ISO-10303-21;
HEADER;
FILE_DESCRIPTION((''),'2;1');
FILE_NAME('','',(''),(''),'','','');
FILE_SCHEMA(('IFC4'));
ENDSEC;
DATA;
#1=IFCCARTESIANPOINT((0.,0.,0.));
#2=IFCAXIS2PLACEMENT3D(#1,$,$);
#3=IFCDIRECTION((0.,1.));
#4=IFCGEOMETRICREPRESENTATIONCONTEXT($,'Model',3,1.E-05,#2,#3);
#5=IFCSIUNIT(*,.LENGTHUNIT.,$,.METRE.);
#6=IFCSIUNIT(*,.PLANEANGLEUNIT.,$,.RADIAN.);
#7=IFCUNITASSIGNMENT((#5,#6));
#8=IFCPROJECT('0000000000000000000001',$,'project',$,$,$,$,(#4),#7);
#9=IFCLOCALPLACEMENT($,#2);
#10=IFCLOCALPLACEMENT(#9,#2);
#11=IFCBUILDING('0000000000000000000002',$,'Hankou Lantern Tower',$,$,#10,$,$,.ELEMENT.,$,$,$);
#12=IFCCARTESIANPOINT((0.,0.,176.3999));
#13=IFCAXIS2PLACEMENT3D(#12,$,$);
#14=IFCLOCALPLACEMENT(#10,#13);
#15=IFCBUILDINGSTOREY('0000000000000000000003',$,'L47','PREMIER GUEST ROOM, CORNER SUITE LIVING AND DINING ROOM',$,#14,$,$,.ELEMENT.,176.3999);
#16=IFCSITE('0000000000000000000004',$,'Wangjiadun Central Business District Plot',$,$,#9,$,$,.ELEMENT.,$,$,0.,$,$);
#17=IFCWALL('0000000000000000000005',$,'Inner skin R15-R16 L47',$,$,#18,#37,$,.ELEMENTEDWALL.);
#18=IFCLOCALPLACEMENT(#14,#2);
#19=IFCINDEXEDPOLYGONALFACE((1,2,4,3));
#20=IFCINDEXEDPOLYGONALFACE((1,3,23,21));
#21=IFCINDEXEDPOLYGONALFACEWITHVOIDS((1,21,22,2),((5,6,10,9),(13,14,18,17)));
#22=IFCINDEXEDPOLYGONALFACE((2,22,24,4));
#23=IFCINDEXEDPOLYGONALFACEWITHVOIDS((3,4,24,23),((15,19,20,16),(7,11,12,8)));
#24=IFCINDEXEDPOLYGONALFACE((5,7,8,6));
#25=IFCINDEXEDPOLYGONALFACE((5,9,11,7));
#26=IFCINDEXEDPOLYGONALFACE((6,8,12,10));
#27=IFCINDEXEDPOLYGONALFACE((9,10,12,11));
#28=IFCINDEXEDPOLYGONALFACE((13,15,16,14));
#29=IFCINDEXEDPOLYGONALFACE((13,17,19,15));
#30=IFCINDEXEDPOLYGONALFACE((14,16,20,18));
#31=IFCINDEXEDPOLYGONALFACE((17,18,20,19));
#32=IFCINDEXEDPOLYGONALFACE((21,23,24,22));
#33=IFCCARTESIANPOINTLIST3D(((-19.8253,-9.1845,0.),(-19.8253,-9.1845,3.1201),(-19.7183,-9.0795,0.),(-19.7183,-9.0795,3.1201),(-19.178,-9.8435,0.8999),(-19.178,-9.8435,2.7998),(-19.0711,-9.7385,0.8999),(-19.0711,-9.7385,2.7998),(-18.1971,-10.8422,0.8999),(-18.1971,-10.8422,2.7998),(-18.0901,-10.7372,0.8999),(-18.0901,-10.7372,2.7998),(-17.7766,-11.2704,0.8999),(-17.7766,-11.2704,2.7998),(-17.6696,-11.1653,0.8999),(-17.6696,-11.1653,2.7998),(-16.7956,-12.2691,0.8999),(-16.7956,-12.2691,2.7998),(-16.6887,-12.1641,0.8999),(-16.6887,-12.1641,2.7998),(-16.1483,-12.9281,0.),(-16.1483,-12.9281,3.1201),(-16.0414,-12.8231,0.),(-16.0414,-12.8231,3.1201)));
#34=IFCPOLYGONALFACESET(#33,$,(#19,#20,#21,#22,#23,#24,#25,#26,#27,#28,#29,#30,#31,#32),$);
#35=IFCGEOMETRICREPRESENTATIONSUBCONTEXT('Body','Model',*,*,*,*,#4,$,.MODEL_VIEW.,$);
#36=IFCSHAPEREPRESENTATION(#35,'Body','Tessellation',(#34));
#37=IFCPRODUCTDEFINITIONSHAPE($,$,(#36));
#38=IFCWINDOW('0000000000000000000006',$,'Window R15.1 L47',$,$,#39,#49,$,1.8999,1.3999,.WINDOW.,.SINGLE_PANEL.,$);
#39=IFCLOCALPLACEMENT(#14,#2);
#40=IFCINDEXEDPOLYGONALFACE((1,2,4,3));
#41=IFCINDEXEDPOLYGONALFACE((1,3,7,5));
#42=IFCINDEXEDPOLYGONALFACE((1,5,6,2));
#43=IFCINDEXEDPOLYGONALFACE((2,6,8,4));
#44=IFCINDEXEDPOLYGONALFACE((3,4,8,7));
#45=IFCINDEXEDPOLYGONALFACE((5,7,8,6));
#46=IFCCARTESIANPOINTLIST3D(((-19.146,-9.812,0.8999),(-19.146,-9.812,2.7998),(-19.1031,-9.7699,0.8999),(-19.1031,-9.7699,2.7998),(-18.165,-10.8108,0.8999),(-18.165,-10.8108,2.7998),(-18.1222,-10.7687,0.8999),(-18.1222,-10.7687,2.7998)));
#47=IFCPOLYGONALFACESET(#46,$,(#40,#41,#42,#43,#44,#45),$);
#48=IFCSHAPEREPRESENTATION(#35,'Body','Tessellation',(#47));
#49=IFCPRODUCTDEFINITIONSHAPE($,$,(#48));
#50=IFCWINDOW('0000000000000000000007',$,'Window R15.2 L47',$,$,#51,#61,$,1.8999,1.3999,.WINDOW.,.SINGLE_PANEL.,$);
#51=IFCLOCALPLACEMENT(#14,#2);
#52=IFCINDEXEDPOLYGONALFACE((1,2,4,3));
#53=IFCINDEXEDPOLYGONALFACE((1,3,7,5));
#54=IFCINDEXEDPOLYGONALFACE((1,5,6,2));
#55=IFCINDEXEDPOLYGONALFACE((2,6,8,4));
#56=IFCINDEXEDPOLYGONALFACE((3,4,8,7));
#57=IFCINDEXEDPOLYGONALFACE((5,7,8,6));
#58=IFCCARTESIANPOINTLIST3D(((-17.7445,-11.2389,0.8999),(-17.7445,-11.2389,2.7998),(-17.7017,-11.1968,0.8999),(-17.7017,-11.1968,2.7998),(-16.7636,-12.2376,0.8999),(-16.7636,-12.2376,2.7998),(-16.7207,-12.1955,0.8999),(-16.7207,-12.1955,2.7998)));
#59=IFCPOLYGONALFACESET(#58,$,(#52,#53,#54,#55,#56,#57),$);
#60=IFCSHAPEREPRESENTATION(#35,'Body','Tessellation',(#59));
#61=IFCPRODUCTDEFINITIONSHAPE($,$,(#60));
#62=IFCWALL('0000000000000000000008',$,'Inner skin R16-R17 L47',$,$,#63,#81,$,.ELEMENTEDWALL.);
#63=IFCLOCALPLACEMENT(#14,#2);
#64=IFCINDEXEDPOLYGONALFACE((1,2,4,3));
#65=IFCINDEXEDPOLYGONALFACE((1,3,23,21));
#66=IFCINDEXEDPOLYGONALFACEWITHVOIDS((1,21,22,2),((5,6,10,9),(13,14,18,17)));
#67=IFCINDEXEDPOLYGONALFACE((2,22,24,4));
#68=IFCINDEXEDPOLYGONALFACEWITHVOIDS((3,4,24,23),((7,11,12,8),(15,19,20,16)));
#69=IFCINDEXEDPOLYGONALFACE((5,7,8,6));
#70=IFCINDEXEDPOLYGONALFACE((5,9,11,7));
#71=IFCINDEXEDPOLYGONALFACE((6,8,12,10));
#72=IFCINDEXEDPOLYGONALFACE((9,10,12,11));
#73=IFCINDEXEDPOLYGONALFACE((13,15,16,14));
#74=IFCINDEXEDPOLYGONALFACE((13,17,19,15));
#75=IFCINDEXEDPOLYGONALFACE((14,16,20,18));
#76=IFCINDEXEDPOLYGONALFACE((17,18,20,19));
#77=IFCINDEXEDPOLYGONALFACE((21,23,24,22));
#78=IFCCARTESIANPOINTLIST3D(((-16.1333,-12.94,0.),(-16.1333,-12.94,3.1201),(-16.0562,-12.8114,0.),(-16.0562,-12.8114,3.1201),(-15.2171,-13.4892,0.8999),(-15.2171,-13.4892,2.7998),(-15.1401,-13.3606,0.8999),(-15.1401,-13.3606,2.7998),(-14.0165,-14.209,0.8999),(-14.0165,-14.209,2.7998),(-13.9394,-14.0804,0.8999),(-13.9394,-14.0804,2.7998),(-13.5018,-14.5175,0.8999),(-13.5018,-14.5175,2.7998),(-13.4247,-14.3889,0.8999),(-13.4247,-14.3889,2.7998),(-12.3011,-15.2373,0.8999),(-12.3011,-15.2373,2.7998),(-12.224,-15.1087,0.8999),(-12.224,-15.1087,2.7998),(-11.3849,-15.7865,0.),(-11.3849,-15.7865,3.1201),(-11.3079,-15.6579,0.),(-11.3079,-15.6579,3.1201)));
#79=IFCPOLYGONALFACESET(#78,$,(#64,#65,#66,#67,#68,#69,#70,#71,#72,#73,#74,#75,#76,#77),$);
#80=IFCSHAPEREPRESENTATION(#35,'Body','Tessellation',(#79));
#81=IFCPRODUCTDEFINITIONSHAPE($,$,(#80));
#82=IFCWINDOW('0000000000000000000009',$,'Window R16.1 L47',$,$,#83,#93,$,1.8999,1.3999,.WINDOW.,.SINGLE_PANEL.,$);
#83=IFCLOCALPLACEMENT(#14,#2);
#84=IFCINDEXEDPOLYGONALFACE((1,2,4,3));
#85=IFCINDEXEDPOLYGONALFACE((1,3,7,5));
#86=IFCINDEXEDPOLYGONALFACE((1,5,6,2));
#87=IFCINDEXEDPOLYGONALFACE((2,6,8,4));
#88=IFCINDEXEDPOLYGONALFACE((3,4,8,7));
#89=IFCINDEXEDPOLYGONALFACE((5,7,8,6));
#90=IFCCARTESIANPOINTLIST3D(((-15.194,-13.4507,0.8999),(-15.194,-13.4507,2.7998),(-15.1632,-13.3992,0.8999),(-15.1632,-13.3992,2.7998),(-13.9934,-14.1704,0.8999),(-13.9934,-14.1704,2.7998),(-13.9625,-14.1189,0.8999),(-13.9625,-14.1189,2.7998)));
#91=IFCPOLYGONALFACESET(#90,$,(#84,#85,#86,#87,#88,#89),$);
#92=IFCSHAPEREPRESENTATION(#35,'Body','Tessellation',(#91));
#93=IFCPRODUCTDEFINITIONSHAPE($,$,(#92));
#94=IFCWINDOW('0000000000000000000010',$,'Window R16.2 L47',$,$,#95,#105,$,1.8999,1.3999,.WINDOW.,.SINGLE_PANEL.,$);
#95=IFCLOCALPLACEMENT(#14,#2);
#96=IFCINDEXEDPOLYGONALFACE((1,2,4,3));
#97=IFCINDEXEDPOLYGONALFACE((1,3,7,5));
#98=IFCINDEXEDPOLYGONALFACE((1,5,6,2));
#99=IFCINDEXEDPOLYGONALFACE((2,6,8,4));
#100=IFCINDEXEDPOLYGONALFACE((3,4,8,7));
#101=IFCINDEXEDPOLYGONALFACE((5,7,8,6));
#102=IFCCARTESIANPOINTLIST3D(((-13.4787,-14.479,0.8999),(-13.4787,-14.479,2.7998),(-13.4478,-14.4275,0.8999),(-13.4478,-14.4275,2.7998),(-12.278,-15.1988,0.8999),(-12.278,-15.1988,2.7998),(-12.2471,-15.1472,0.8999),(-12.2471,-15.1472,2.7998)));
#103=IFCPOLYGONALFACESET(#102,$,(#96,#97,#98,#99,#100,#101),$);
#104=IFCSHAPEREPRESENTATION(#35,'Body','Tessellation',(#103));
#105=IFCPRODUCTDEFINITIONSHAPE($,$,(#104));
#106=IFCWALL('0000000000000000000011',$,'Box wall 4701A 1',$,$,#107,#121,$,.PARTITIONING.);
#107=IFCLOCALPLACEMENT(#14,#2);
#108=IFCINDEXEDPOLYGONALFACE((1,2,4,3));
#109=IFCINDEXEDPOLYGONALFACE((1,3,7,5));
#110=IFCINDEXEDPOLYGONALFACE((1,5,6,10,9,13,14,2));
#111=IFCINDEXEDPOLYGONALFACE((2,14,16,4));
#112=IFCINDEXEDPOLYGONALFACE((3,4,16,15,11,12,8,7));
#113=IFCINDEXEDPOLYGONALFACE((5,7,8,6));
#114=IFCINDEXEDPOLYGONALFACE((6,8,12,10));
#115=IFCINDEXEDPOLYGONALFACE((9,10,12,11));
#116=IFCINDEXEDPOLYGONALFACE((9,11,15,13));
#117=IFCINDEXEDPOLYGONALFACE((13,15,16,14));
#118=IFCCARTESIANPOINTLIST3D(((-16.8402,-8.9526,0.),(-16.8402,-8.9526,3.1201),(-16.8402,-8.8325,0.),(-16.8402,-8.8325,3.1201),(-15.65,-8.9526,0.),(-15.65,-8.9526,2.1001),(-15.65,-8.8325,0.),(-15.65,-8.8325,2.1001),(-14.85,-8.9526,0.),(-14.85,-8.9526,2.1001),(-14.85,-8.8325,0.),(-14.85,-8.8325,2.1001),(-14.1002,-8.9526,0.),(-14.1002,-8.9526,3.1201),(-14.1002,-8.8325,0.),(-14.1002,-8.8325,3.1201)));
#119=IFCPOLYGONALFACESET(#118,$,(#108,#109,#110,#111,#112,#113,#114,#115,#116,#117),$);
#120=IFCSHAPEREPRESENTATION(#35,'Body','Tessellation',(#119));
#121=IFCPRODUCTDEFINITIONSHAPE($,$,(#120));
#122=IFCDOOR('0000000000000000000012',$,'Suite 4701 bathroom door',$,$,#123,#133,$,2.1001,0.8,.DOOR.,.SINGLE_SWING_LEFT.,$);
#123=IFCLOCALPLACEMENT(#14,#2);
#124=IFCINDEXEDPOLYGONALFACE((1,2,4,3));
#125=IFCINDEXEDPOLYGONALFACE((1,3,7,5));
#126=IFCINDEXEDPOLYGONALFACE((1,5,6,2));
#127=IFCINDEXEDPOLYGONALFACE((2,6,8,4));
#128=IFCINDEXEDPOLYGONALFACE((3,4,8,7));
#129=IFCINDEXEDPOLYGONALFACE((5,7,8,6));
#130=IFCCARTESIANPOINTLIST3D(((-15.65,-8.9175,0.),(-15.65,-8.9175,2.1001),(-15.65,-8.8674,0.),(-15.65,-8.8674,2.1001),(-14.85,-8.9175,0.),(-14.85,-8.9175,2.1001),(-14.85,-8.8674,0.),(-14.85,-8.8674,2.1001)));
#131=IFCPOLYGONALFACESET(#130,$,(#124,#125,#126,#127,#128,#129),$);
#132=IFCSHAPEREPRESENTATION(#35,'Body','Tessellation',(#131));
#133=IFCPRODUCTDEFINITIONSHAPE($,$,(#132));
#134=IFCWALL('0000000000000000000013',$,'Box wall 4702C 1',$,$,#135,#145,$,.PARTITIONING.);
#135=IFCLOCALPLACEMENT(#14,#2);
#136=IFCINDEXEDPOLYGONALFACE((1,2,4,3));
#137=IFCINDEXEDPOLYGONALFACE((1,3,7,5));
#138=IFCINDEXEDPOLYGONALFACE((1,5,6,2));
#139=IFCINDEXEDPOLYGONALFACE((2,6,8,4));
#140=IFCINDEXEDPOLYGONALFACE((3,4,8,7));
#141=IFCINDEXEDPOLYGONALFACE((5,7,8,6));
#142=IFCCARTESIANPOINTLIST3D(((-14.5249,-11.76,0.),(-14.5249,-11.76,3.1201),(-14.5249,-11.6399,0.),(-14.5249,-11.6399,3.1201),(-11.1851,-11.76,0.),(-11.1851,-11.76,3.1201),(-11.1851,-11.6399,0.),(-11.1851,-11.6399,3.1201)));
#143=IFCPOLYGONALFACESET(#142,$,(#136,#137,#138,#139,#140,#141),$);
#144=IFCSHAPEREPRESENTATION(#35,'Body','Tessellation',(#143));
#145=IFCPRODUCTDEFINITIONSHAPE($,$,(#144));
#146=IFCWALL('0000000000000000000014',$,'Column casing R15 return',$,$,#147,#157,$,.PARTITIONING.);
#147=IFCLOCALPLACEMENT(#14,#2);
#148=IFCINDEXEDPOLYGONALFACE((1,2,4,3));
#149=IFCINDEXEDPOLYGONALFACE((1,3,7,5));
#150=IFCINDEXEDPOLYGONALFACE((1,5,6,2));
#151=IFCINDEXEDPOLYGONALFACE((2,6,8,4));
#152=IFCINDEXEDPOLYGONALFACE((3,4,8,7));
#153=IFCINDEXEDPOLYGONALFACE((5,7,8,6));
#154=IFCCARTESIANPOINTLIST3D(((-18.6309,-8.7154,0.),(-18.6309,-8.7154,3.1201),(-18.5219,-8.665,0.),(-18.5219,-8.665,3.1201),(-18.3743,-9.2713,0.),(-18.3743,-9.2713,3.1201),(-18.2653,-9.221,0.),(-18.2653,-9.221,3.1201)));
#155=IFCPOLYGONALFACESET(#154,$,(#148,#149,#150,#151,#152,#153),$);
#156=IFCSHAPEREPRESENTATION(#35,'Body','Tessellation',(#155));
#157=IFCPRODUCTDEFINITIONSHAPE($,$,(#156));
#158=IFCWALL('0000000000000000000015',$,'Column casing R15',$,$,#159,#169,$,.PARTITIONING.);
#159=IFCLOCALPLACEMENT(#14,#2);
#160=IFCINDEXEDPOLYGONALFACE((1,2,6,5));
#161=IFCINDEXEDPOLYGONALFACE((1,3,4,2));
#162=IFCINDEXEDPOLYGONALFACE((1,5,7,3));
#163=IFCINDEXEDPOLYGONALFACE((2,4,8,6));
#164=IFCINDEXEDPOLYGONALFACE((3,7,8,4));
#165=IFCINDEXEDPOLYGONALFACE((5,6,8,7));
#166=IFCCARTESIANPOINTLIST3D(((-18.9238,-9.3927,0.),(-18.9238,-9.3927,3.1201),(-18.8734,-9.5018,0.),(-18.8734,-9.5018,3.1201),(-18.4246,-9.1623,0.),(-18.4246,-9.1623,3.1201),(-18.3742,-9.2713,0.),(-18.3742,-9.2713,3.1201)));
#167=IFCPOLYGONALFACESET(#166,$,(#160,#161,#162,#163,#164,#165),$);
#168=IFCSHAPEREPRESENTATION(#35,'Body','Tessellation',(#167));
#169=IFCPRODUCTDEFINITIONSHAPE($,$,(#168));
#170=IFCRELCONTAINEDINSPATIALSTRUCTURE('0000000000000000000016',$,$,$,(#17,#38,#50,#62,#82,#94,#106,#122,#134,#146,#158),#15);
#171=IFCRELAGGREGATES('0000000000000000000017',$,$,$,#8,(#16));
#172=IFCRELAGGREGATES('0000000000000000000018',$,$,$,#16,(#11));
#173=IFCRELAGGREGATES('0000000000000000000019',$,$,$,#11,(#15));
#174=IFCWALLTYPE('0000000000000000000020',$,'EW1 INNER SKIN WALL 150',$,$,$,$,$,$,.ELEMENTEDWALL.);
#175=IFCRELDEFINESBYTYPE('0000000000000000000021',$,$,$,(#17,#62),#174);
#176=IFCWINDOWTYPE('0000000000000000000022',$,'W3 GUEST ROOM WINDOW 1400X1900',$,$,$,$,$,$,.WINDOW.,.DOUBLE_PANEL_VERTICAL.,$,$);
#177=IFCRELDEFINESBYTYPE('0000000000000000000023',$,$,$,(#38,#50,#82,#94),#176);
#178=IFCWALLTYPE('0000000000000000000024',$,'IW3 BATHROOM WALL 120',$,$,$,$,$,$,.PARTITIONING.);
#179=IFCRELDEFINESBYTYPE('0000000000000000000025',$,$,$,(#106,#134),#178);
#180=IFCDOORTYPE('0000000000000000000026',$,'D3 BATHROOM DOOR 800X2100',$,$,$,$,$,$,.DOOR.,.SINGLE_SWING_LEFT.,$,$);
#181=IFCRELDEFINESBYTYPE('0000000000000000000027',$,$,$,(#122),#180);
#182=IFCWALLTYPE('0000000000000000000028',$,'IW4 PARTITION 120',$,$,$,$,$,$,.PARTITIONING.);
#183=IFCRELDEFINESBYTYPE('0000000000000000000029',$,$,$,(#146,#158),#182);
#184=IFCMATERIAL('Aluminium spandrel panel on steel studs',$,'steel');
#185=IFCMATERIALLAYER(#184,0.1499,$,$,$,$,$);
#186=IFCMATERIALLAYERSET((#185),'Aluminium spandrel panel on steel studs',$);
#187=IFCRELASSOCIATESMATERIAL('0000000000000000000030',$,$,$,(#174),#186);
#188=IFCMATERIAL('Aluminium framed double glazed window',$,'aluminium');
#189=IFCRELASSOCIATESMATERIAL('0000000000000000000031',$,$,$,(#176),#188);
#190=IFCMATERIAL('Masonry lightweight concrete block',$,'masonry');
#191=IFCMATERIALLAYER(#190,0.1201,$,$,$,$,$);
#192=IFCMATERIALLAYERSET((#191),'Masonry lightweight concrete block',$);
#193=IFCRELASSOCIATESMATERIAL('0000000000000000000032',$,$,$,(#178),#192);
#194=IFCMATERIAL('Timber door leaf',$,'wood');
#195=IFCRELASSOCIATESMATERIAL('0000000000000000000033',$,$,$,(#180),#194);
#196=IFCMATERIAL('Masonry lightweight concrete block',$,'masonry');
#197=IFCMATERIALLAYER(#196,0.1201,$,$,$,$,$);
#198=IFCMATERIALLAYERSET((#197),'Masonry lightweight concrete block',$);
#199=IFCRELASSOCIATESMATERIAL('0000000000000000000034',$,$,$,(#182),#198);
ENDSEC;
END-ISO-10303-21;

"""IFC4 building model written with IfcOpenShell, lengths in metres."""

from ifc_helpers import new_model, si_unit, direction, frame, frame_2d, origin, place, context, subcontext, project, spatial, rectangle, extrude, material, layer, layer_set, type_object, element, fill, save


model = new_model("IFC4")

# Units and contexts
model_context = context("Model", 3, precision=1e-05, world=origin(), true_north=direction((0.0, 1.0)))
body_context = subcontext(model_context, "Body", "Model", "MODEL_VIEW")
ifc_project = project(units=[si_unit("LENGTHUNIT", "METRE"), si_unit("PLANEANGLEUNIT", "RADIAN")], contexts=[model_context])

# Site, building, storey
site_placement = place(None, origin())
site = spatial("IfcSite", under=ifc_project, at=site_placement, Name="Wangjiadun Central Business District Plot", CompositionType="ELEMENT", RefElevation=0.0)
building_placement = place(site_placement, origin())
building = spatial("IfcBuilding", under=site, at=building_placement, Name="Hankou Lantern Tower", CompositionType="ELEMENT")
storey_placement = place(building_placement, frame((0.0, 0.0, 176.3999)))
storey = spatial("IfcBuildingStorey", under=building, at=storey_placement, Name="L47", Description="PREMIER GUEST ROOM, CORNER SUITE LIVING AND DINING ROOM", CompositionType="ELEMENT", Elevation=176.3999)

# Walls, openings, windows
ifc_material_1 = material(Name="Aluminium spandrel panel on steel studs", Category="steel")
ifc_layer_1 = layer(ifc_material_1, 0.1499)
ifc_layer_set_1 = layer_set([ifc_layer_1], Name="Aluminium spandrel panel on steel studs")
wall_type_1 = type_object("IfcWallType", Name="EW1 INNER SKIN WALL 150", PredefinedType="ELEMENTEDWALL", material=ifc_layer_set_1)
wall_1_placement = place(storey_placement, frame((-19.7717, -9.1321, 0.0), z_axis=(0.0, 0.0, 1.0), x_axis=(0.700727, -0.713429, 0.0)))
wall_1 = element("IfcWall", 1, at=wall_1_placement, inside=storey, type_object=wall_type_1, Name="Inner skin R15-R16 L47", PredefinedType="ELEMENTEDWALL", context=body_context, shape_type="SweptSolid", body=[
    extrude(rectangle(XDim=5.2473, YDim=0.1499, at=frame_2d((2.6235, 0.0))), origin(), (0.0, 0.0, 1.0), 3.1201),
])
opening_1_placement = place(wall_1_placement, frame((0.9236, 0.0, 0.8999)))
opening_1 = element("IfcOpeningElement", 2, at=opening_1_placement, cuts=wall_1, PredefinedType="OPENING", context=body_context, shape_type="SweptSolid", body=[
    extrude(rectangle(XDim=1.3999, YDim=1.8999, at=frame_2d((0.7, 0.95))), frame((0.0, 0.085, 0.0), z_axis=(0.0, -1.0, 0.0), x_axis=(1.0, 0.0, 0.0)), (0.0, 0.0, 1.0), 0.1699),
])
opening_2_placement = place(wall_1_placement, frame((2.9236, 0.0, 0.8999)))
opening_2 = element("IfcOpeningElement", 3, at=opening_2_placement, cuts=wall_1, PredefinedType="OPENING", context=body_context, shape_type="SweptSolid", body=[
    extrude(rectangle(XDim=1.3999, YDim=1.8999, at=frame_2d((0.7, 0.95))), frame((0.0, 0.085, 0.0), z_axis=(0.0, -1.0, 0.0), x_axis=(1.0, 0.0, 0.0)), (0.0, 0.0, 1.0), 0.1699),
])
ifc_material_2 = material(Name="Aluminium framed double glazed window", Category="aluminium")
window_type = type_object("IfcWindowType", Name="W3 GUEST ROOM WINDOW 1400X1900", PartitioningType="DOUBLE_PANEL_VERTICAL", PredefinedType="WINDOW", material=ifc_material_2)
window_1_placement = place(opening_1_placement, origin())
window_1 = element("IfcWindow", 4, at=window_1_placement, inside=storey, type_object=window_type, Name="Window R15.1 L47", OverallHeight=1.8999, OverallWidth=1.3999, PartitioningType="SINGLE_PANEL", PredefinedType="WINDOW", context=body_context, shape_type="SweptSolid", body=[
    extrude(rectangle(XDim=1.3999, YDim=1.8999, at=frame_2d((0.7, 0.95))), frame((0.0, 0.03, 0.0), z_axis=(0.0, -1.0, 0.0), x_axis=(1.0, 0.0, 0.0)), (0.0, 0.0, 1.0), 0.0601),
])
fill(opening_1, window_1)
window_2_placement = place(opening_2_placement, origin())
window_2 = element("IfcWindow", 5, at=window_2_placement, inside=storey, type_object=window_type, Name="Window R15.2 L47", OverallHeight=1.8999, OverallWidth=1.3999, PartitioningType="SINGLE_PANEL", PredefinedType="WINDOW", context=body_context, shape_type="SweptSolid", body=[
    extrude(rectangle(XDim=1.3999, YDim=1.8999, at=frame_2d((0.7, 0.95))), frame((0.0, 0.03, 0.0), z_axis=(0.0, -1.0, 0.0), x_axis=(1.0, 0.0, 0.0)), (0.0, 0.0, 1.0), 0.0601),
])
fill(opening_2, window_2)
wall_2_placement = place(storey_placement, frame((-16.0947, -12.8757, 0.0), z_axis=(0.0, 0.0, 1.0), x_axis=(0.857695, -0.514158, 0.0)))
wall_2 = element("IfcWall", 6, at=wall_2_placement, inside=storey, type_object=wall_type_1, Name="Inner skin R16-R17 L47", PredefinedType="ELEMENTEDWALL", context=body_context, shape_type="SweptSolid", body=[
    extrude(rectangle(XDim=5.5361, YDim=0.1499, at=frame_2d((2.7681, 0.0))), origin(), (0.0, 0.0, 1.0), 3.1201),
])
opening_3_placement = place(wall_2_placement, frame((1.0681, 0.0, 0.8999)))
opening_3 = element("IfcOpeningElement", 7, at=opening_3_placement, cuts=wall_2, PredefinedType="OPENING", context=body_context, shape_type="SweptSolid", body=[
    extrude(rectangle(XDim=1.3999, YDim=1.8999, at=frame_2d((0.7, 0.95))), frame((0.0, 0.085, 0.0), z_axis=(0.0, -1.0, 0.0), x_axis=(1.0, 0.0, 0.0)), (0.0, 0.0, 1.0), 0.1699),
])
opening_4_placement = place(wall_2_placement, frame((3.0681, 0.0, 0.8999)))
opening_4 = element("IfcOpeningElement", 8, at=opening_4_placement, cuts=wall_2, PredefinedType="OPENING", context=body_context, shape_type="SweptSolid", body=[
    extrude(rectangle(XDim=1.3999, YDim=1.8999, at=frame_2d((0.7, 0.95))), frame((0.0, 0.085, 0.0), z_axis=(0.0, -1.0, 0.0), x_axis=(1.0, 0.0, 0.0)), (0.0, 0.0, 1.0), 0.1699),
])
window_3_placement = place(opening_3_placement, origin())
window_3 = element("IfcWindow", 9, at=window_3_placement, inside=storey, type_object=window_type, Name="Window R16.1 L47", OverallHeight=1.8999, OverallWidth=1.3999, PartitioningType="SINGLE_PANEL", PredefinedType="WINDOW", context=body_context, shape_type="SweptSolid", body=[
    extrude(rectangle(XDim=1.3999, YDim=1.8999, at=frame_2d((0.7, 0.95))), frame((0.0, 0.03, 0.0), z_axis=(0.0, -1.0, 0.0), x_axis=(1.0, 0.0, 0.0)), (0.0, 0.0, 1.0), 0.0601),
])
fill(opening_3, window_3)
window_4_placement = place(opening_4_placement, origin())
window_4 = element("IfcWindow", 10, at=window_4_placement, inside=storey, type_object=window_type, Name="Window R16.2 L47", OverallHeight=1.8999, OverallWidth=1.3999, PartitioningType="SINGLE_PANEL", PredefinedType="WINDOW", context=body_context, shape_type="SweptSolid", body=[
    extrude(rectangle(XDim=1.3999, YDim=1.8999, at=frame_2d((0.7, 0.95))), frame((0.0, 0.03, 0.0), z_axis=(0.0, -1.0, 0.0), x_axis=(1.0, 0.0, 0.0)), (0.0, 0.0, 1.0), 0.0601),
])
fill(opening_4, window_4)

# Wall, opening, door
ifc_material_3 = material(Name="Masonry lightweight concrete block", Category="masonry")
ifc_layer_2 = layer(ifc_material_3, 0.1201)
ifc_layer_set_2 = layer_set([ifc_layer_2], Name="Masonry lightweight concrete block")
wall_type_2 = type_object("IfcWallType", Name="IW3 BATHROOM WALL 120", PredefinedType="PARTITIONING", material=ifc_layer_set_2)
wall_3_placement = place(storey_placement, frame((-14.1001, -8.8926, 0.0), z_axis=(0.0, 0.0, 1.0), x_axis=(-1.0, 0.0, 0.0)))
wall_3 = element("IfcWall", 11, at=wall_3_placement, inside=storey, type_object=wall_type_2, Name="Box wall 4701A 1", PredefinedType="PARTITIONING", context=body_context, shape_type="SweptSolid", body=[
    extrude(rectangle(XDim=2.74, YDim=0.1201, at=frame_2d((1.3701, 0.0))), origin(), (0.0, 0.0, 1.0), 3.1201),
])
opening_5_placement = place(wall_3_placement, frame((0.75, 0.0, 0.0)))
opening_5 = element("IfcOpeningElement", 12, at=opening_5_placement, cuts=wall_3, PredefinedType="OPENING", context=body_context, shape_type="SweptSolid", body=[
    extrude(rectangle(XDim=0.8, YDim=2.1001, at=frame_2d((0.3999, 1.05))), frame((0.0, 0.0701, 0.0), z_axis=(0.0, -1.0, 0.0), x_axis=(1.0, 0.0, 0.0)), (0.0, 0.0, 1.0), 0.1401),
])
ifc_material_4 = material(Name="Timber door leaf", Category="wood")
door_type = type_object("IfcDoorType", Name="D3 BATHROOM DOOR 800X2100", OperationType="SINGLE_SWING_LEFT", PredefinedType="DOOR", material=ifc_material_4)
door_placement = place(opening_5_placement, origin())
door = element("IfcDoor", 13, at=door_placement, inside=storey, type_object=door_type, Name="Suite 4701 bathroom door", OperationType="SINGLE_SWING_LEFT", OverallHeight=2.1001, OverallWidth=0.8, PredefinedType="DOOR", context=body_context, shape_type="SweptSolid", body=[
    extrude(rectangle(XDim=0.8, YDim=2.1001, at=frame_2d((0.3999, 1.05))), frame((0.0, 0.0249, 0.0), z_axis=(0.0, -1.0, 0.0), x_axis=(1.0, 0.0, 0.0)), (0.0, 0.0, 1.0), 0.05),
])
fill(opening_5, door)

# Walls
wall_4_placement = place(storey_placement, frame((-14.5249, -11.7, 0.0), z_axis=(0.0, 0.0, 1.0), x_axis=(1.0, 0.0, 0.0)))
element("IfcWall", 14, at=wall_4_placement, inside=storey, type_object=wall_type_2, Name="Box wall 4702C 1", PredefinedType="PARTITIONING", context=body_context, shape_type="SweptSolid", body=[
    extrude(rectangle(XDim=3.3398, YDim=0.1201, at=frame_2d((1.6699, 0.0))), origin(), (0.0, 0.0, 1.0), 3.1201),
])
ifc_material_5 = material(Name="Masonry lightweight concrete block", Category="masonry")
ifc_layer_3 = layer(ifc_material_5, 0.1201)
ifc_layer_set_3 = layer_set([ifc_layer_3], Name="Masonry lightweight concrete block")
wall_type_3 = type_object("IfcWallType", Name="IW4 PARTITION 120", PredefinedType="PARTITIONING", material=ifc_layer_set_3)
wall_5_placement = place(storey_placement, frame((-18.5764, -8.6902, 0.0), z_axis=(0.0, 0.0, 1.0), x_axis=(0.419083, -0.907948, 0.0)))
element("IfcWall", 15, at=wall_5_placement, inside=storey, type_object=wall_type_3, Name="Column casing R15 return", PredefinedType="PARTITIONING", context=body_context, shape_type="SweptSolid", body=[
    extrude(rectangle(XDim=0.6123, YDim=0.1201, at=frame_2d((0.3062, 0.0))), origin(), (0.0, 0.0, 1.0), 3.1201),
])
wall_6_placement = place(storey_placement, frame((-18.3994, -9.2168, 0.0), z_axis=(0.0, 0.0, 1.0), x_axis=(-0.907933, -0.419114, 0.0)))
element("IfcWall", 16, at=wall_6_placement, inside=storey, type_object=wall_type_3, Name="Column casing R15", PredefinedType="PARTITIONING", context=body_context, shape_type="SweptSolid", body=[
    extrude(rectangle(XDim=0.5498, YDim=0.1201, at=frame_2d((0.2749, 0.0))), origin(), (0.0, 0.0, 1.0), 3.1201),
])

save(model, "model.ifc")
